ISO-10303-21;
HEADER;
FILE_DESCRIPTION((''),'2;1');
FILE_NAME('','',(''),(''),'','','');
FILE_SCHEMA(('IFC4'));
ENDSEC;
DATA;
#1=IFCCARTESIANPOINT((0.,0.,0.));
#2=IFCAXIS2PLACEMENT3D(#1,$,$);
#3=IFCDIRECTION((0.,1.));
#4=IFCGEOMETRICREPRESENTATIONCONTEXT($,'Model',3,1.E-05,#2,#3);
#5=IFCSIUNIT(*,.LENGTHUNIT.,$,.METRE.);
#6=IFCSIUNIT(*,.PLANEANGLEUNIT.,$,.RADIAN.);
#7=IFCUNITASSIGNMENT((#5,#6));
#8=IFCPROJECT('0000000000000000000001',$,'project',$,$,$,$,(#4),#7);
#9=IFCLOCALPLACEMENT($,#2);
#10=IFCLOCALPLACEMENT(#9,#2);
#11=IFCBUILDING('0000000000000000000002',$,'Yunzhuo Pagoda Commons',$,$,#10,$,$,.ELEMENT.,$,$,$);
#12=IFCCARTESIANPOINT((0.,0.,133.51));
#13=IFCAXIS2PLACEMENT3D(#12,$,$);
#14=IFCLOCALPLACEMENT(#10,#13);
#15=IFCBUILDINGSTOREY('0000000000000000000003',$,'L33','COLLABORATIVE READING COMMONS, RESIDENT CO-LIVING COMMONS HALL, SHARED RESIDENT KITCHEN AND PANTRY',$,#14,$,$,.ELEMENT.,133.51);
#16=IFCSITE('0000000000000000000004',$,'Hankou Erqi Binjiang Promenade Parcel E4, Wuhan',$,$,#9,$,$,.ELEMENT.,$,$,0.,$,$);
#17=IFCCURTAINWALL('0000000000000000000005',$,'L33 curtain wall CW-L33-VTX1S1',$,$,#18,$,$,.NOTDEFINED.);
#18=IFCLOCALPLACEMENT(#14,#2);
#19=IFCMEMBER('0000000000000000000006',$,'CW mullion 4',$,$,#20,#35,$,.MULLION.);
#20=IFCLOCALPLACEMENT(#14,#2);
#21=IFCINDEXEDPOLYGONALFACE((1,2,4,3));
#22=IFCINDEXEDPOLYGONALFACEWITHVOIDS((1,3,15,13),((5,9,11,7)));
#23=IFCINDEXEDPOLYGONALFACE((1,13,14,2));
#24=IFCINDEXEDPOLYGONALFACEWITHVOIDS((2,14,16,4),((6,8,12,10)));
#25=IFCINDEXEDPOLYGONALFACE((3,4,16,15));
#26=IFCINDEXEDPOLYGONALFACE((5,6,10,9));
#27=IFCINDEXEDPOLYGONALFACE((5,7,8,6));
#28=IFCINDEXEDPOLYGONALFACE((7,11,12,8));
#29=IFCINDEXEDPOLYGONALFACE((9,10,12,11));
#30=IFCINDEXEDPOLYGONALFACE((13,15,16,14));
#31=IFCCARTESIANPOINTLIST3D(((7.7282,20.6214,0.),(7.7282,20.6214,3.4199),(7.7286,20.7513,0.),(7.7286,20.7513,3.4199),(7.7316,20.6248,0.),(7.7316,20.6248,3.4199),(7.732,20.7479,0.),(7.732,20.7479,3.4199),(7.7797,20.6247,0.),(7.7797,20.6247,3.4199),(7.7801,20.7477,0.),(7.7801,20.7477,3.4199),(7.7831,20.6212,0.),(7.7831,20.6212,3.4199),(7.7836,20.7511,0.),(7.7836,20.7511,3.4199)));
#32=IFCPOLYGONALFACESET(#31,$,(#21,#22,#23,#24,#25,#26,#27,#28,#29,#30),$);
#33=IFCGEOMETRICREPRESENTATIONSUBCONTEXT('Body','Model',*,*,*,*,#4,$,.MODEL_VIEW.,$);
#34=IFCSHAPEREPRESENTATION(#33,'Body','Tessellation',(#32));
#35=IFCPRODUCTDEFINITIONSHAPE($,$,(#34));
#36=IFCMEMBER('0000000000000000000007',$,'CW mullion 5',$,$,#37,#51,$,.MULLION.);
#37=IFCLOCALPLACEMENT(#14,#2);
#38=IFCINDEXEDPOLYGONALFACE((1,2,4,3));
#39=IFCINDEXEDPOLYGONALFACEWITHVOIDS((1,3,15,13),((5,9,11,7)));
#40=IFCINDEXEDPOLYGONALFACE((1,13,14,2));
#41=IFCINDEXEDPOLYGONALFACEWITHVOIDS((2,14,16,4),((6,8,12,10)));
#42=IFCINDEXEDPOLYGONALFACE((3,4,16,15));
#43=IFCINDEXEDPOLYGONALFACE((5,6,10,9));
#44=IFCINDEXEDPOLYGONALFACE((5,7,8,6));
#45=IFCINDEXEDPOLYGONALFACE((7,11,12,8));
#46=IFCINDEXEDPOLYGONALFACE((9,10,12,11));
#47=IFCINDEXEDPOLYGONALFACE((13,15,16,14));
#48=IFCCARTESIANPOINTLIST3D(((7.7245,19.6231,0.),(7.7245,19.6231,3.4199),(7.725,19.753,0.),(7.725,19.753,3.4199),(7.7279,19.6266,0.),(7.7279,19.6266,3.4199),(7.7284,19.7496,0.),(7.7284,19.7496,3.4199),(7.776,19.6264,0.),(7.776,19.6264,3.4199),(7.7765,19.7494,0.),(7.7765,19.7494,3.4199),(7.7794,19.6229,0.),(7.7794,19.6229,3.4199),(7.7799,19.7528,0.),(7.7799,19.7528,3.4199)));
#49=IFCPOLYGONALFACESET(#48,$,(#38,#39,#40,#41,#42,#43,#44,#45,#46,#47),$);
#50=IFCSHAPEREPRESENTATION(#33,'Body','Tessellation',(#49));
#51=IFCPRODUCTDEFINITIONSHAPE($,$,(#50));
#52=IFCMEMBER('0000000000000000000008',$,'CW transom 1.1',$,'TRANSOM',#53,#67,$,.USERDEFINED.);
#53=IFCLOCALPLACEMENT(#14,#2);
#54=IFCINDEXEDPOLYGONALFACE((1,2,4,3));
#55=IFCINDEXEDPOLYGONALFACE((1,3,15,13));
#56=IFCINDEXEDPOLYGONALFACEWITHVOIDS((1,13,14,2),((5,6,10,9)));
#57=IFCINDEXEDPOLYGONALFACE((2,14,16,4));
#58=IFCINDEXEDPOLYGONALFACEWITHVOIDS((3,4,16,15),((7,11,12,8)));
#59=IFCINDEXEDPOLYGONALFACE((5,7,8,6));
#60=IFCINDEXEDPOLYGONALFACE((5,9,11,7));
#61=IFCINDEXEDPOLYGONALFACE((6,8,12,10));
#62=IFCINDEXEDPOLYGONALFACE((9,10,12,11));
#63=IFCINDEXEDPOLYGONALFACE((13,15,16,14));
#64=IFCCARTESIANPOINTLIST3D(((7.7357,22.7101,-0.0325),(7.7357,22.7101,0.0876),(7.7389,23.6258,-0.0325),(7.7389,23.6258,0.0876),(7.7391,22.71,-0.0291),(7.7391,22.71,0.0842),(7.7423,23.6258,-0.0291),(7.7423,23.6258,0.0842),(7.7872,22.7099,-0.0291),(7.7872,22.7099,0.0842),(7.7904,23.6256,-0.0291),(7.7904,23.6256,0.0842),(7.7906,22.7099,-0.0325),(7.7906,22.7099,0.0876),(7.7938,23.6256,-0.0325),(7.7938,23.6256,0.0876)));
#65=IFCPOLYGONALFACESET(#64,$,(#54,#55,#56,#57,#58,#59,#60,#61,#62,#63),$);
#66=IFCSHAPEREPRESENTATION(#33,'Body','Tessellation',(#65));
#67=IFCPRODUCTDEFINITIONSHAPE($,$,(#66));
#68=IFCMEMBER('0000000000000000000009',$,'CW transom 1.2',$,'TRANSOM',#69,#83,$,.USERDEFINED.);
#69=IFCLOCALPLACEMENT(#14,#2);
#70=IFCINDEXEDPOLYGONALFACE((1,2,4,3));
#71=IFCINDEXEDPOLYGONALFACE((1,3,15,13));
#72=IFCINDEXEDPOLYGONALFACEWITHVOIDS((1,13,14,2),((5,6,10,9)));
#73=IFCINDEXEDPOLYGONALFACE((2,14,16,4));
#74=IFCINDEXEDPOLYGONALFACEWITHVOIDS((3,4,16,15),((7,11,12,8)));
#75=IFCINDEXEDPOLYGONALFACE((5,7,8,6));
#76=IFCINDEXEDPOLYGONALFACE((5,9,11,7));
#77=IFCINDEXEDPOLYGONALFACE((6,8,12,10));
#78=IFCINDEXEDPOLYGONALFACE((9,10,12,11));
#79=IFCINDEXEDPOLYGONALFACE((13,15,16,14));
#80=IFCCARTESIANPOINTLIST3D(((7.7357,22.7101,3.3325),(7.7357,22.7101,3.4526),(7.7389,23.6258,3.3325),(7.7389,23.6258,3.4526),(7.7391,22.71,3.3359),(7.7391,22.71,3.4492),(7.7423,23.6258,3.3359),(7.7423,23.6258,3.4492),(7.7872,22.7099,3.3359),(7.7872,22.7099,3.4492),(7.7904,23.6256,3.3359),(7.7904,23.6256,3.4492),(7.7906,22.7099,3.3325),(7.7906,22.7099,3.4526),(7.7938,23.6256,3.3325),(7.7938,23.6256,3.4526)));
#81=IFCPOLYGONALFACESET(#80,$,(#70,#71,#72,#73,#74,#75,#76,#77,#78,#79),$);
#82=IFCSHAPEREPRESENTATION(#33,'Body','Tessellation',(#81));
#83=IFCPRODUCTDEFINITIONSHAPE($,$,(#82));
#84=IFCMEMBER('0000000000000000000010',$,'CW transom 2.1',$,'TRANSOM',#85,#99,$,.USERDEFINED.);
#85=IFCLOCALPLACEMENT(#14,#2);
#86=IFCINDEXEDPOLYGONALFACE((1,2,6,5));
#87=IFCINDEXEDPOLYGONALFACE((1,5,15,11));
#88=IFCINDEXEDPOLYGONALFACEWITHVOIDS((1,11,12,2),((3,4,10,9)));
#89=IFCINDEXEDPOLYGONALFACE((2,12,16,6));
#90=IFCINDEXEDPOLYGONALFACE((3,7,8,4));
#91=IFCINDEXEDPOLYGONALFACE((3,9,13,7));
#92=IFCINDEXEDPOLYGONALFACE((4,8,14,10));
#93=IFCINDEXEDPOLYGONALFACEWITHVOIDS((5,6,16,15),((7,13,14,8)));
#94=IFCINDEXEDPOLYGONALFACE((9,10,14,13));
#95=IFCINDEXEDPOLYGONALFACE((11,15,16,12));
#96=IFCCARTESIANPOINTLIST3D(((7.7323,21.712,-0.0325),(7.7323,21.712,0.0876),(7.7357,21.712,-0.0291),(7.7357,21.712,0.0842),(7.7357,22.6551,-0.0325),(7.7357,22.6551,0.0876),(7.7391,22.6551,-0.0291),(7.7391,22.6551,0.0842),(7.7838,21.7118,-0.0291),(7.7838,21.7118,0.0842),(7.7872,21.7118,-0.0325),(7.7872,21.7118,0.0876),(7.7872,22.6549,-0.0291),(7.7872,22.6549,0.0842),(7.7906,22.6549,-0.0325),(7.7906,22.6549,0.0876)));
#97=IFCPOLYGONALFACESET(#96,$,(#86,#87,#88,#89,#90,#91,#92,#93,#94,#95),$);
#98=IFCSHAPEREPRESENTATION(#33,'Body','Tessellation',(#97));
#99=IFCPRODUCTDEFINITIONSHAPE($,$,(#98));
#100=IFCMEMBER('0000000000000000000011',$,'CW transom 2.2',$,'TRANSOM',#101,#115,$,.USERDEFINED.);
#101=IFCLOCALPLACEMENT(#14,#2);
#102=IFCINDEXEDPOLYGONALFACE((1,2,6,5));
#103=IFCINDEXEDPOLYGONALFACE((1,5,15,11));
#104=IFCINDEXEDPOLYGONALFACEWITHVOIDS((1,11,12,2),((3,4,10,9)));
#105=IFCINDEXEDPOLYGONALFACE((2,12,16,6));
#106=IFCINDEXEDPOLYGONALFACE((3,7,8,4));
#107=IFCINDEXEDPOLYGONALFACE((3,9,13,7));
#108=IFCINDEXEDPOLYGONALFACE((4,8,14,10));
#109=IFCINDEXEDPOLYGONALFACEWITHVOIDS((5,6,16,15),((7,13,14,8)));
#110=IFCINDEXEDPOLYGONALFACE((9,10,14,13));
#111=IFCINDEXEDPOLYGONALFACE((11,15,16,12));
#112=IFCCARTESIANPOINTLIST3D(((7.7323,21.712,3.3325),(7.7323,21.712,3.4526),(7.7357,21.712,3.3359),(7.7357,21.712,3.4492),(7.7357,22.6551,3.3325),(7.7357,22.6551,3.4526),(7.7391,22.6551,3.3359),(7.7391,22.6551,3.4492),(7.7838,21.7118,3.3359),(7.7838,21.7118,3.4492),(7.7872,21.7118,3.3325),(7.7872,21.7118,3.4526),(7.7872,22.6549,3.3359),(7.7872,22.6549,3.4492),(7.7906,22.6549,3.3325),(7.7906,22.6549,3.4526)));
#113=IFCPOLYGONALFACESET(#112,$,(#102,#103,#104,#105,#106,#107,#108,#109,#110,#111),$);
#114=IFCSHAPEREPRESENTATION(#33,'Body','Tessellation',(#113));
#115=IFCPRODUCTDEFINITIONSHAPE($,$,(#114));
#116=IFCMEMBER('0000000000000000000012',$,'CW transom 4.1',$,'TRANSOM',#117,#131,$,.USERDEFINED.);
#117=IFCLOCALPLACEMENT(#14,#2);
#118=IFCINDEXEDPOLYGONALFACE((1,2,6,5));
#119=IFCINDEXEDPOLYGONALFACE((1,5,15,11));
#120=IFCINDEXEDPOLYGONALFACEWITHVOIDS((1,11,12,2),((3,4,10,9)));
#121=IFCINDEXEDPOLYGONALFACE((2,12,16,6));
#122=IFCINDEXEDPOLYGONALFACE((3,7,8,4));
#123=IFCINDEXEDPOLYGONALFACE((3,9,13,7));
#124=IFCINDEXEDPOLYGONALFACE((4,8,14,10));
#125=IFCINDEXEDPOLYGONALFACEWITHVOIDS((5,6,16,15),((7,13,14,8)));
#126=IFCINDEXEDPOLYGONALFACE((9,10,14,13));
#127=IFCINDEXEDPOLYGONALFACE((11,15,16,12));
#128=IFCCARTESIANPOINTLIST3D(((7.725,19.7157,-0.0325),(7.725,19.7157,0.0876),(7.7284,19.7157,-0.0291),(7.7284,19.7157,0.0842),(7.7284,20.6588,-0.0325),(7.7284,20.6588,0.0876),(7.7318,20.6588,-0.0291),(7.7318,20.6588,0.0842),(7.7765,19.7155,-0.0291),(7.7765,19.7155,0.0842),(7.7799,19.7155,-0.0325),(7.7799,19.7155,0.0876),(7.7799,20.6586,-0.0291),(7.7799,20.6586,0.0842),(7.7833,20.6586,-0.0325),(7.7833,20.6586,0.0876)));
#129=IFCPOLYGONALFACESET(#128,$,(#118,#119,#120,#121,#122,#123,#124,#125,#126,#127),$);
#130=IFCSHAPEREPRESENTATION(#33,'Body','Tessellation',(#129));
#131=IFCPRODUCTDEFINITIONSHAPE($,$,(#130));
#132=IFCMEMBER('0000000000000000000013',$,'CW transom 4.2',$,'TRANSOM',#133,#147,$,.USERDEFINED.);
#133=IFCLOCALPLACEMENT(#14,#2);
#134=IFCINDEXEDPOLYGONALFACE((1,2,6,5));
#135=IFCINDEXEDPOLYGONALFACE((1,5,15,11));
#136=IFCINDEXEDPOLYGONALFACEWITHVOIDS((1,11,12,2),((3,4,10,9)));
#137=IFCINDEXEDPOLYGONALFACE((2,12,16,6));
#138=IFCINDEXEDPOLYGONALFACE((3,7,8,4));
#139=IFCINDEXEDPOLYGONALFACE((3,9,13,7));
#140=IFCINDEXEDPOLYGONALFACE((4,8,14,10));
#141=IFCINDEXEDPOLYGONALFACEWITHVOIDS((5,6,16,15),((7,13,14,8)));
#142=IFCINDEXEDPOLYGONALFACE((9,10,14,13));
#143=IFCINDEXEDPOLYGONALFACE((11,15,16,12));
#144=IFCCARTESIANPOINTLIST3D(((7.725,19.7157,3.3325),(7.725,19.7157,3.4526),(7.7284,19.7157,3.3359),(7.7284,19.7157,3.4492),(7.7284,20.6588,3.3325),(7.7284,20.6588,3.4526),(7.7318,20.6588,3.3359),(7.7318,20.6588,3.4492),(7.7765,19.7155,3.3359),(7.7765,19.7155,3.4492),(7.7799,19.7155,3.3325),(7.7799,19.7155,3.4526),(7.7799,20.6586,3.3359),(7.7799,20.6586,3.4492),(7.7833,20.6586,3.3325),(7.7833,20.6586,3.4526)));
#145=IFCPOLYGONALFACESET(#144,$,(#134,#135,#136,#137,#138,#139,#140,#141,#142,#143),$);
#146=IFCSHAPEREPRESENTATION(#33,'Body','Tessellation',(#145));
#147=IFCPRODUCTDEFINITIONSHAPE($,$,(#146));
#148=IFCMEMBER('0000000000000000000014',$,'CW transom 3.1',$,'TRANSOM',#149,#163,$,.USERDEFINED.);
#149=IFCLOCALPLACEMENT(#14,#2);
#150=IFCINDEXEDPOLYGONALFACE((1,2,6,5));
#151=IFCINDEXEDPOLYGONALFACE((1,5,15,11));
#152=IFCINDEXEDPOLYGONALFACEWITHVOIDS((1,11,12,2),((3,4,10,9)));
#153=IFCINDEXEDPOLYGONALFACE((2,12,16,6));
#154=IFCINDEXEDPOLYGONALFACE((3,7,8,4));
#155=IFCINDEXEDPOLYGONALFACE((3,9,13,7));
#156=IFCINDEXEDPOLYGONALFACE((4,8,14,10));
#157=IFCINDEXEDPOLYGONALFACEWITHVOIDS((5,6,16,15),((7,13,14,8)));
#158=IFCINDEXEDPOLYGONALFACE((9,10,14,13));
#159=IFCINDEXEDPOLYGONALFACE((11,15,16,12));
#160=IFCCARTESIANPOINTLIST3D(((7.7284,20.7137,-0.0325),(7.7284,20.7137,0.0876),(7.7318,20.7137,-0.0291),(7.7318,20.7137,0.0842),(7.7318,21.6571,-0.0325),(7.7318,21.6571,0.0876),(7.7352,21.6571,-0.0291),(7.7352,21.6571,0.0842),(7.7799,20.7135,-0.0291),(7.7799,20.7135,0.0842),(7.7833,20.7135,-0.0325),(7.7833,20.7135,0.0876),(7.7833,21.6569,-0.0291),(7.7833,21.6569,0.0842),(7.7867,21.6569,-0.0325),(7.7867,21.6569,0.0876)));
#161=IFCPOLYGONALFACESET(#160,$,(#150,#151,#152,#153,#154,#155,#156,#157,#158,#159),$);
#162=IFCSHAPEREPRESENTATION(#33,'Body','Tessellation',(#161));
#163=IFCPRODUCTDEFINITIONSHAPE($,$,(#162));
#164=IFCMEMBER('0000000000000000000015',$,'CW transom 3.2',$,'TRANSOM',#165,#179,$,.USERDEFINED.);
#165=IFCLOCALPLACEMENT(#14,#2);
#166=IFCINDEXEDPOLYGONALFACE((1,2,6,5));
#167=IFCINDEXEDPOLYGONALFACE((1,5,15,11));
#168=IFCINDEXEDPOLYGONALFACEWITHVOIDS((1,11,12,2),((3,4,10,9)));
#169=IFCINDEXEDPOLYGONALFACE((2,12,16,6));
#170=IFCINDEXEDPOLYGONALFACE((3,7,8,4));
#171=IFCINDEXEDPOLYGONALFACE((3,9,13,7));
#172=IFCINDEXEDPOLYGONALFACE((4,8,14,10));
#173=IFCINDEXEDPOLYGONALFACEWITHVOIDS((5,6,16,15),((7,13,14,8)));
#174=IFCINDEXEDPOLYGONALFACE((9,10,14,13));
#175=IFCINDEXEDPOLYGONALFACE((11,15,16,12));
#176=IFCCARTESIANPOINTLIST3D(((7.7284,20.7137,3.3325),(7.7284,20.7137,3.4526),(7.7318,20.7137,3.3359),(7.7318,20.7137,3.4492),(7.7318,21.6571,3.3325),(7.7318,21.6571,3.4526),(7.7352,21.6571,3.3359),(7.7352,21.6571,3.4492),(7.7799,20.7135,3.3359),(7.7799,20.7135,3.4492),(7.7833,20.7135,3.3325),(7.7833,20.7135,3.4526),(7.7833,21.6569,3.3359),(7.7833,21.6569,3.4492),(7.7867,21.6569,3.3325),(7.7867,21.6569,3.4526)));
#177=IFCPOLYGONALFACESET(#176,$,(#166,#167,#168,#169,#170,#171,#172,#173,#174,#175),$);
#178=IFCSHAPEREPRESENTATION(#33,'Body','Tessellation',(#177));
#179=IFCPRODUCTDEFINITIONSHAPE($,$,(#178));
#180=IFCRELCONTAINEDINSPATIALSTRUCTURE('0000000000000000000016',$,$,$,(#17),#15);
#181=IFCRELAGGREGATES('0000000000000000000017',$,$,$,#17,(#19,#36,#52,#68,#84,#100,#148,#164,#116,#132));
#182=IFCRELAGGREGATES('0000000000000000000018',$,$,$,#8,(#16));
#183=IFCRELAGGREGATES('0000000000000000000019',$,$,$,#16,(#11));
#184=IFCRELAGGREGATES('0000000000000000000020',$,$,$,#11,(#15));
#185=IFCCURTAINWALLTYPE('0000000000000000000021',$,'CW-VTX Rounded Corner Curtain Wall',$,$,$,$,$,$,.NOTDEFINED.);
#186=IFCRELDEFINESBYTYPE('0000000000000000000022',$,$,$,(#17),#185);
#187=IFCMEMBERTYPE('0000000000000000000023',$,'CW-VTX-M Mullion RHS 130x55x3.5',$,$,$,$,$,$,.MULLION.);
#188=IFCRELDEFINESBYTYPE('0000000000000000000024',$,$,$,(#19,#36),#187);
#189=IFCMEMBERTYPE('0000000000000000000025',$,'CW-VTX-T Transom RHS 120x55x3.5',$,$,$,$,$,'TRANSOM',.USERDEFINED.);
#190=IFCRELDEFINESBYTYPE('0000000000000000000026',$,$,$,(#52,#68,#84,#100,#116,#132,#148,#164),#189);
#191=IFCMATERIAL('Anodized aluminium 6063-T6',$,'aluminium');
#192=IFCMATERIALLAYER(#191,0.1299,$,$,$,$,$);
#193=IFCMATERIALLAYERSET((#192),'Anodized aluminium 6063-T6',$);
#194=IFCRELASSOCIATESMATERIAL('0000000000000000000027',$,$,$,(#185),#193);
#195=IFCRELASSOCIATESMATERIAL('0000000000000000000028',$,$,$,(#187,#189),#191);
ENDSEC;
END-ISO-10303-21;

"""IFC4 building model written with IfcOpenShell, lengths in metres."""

from ifc_helpers import new_model, si_unit, direction, frame, origin, origin_2d, place, context, subcontext, project, spatial, hollow_rectangle, extrude, source, transform, mapped, material, layer, layer_set, material_profile, profile_set, type_object, element, aggregate, save


model = new_model("IFC4")

# Units and contexts
model_context = context("Model", 3, precision=1e-05, world=origin(), true_north=direction((0.0, 1.0)))
body_context = subcontext(model_context, "Body", "Model", "MODEL_VIEW")
ifc_project = project(units=[si_unit("LENGTHUNIT", "METRE"), si_unit("PLANEANGLEUNIT", "RADIAN")], contexts=[model_context])

# Site, building, storey
site_placement = place(None, origin())
site = spatial("IfcSite", under=ifc_project, at=site_placement, Name="Hankou Erqi Binjiang Promenade Parcel E4, Wuhan", CompositionType="ELEMENT", RefElevation=0.0)
building_placement = place(site_placement, origin())
building = spatial("IfcBuilding", under=site, at=building_placement, Name="Yunzhuo Pagoda Commons", CompositionType="ELEMENT")
storey_placement = place(building_placement, frame((0.0, 0.0, 133.51)))
storey = spatial("IfcBuildingStorey", under=building, at=storey_placement, Name="L33", Description="COLLABORATIVE READING COMMONS, RESIDENT CO-LIVING COMMONS HALL, SHARED RESIDENT KITCHEN AND PANTRY", CompositionType="ELEMENT", Elevation=133.51)

# Shared definitions
ifc_material_1 = material(Name="Anodized aluminium 6063-T6", Category="aluminium")

# Curtain wall, members
ifc_layer_1 = layer(ifc_material_1, 0.1299)
ifc_layer_set_1 = layer_set([ifc_layer_1], Name="Anodized aluminium 6063-T6")
curtain_wall_type_1 = type_object("IfcCurtainWallType", Name="CW-VTX Rounded Corner Curtain Wall", PredefinedType="NOTDEFINED", material=ifc_layer_set_1)
curtain_wall_1_placement = place(storey_placement, origin())
curtain_wall_1 = element("IfcCurtainWall", 1, at=curtain_wall_1_placement, inside=storey, type_object=curtain_wall_type_1, Name="L33 curtain wall CW-L33-VTX1S1", PredefinedType="NOTDEFINED")
ifc_material_profile_1 = material_profile(ifc_material_1, hollow_rectangle(XDim=0.0549, YDim=0.1299, WallThickness=0.0034, at=origin_2d()), Name="Anodized aluminium 6063-T6")
ifc_profile_set_1 = profile_set([ifc_material_profile_1], Name="Anodized aluminium 6063-T6")
member_type_1 = type_object("IfcMemberType", Name="CW-VTX-M Mullion RHS 130x55x3.5", PredefinedType="MULLION", material=ifc_profile_set_1)
shared_shape_1 = source(origin(), body_context, "Body", "SweptSolid", [
    extrude(hollow_rectangle(XDim=0.0549, YDim=0.1299, WallThickness=0.0034, at=origin_2d()), origin(), (0.0, 0.0, 1.0), 3.4199),
])
member_1_placement = place(storey_placement, frame((7.7559, 20.6863, 0.0), z_axis=(0.0, 0.0, 1.0), x_axis=(0.999994, -0.003587, 0.0)))
member_1 = element("IfcMember", 2, at=member_1_placement, type_object=member_type_1, Name="CW mullion 4", PredefinedType="MULLION", context=body_context, shape_type="MappedRepresentation", body=[
    mapped(shared_shape_1, transform((0.0, 0.0, 0.0), scale=1.0)),
])
member_2_placement = place(storey_placement, frame((7.7522, 19.688, 0.0), z_axis=(0.0, 0.0, 1.0), x_axis=(0.999994, -0.003587, 0.0)))
member_2 = element("IfcMember", 3, at=member_2_placement, type_object=member_type_1, Name="CW mullion 5", PredefinedType="MULLION", context=body_context, shape_type="MappedRepresentation", body=[
    mapped(shared_shape_1, transform((0.0, 0.0, 0.0), scale=1.0)),
])
ifc_material_profile_2 = material_profile(ifc_material_1, hollow_rectangle(XDim=0.0549, YDim=0.1201, WallThickness=0.0034, at=origin_2d()), Name="Anodized aluminium 6063-T6")
ifc_profile_set_2 = profile_set([ifc_material_profile_2], Name="Anodized aluminium 6063-T6")
member_type_2 = type_object("IfcMemberType", Name="CW-VTX-T Transom RHS 120x55x3.5", ElementType="TRANSOM", PredefinedType="USERDEFINED", material=ifc_profile_set_2)
shared_shape_2 = source(origin(), body_context, "Body", "SweptSolid", [
    extrude(hollow_rectangle(XDim=0.0549, YDim=0.1201, WallThickness=0.0034, at=origin_2d()), origin(), (0.0, 0.0, 1.0), 0.9158),
])
member_3_placement = place(storey_placement, frame((7.7664, 23.6257, 0.0276), z_axis=(-0.003466, -0.999994, 0.0), x_axis=(0.999994, -0.003466, 0.0)))
member_3 = element("IfcMember", 4, at=member_3_placement, type_object=member_type_2, Name="CW transom 1.1", ObjectType="TRANSOM", PredefinedType="USERDEFINED", context=body_context, shape_type="MappedRepresentation", body=[
    mapped(shared_shape_2, transform((0.0, 0.0, 0.0), scale=1.0)),
])
member_4_placement = place(storey_placement, frame((7.7664, 23.6257, 3.3926), z_axis=(-0.003466, -0.999994, 0.0), x_axis=(0.999994, -0.003466, 0.0)))
member_4 = element("IfcMember", 5, at=member_4_placement, type_object=member_type_2, Name="CW transom 1.2", ObjectType="TRANSOM", PredefinedType="USERDEFINED", context=body_context, shape_type="MappedRepresentation", body=[
    mapped(shared_shape_2, transform((0.0, 0.0, 0.0), scale=1.0)),
])
shared_shape_3 = source(origin(), body_context, "Body", "SweptSolid", [
    extrude(hollow_rectangle(XDim=0.0549, YDim=0.1201, WallThickness=0.0034, at=origin_2d()), origin(), (0.0, 0.0, 1.0), 0.9431),
])
member_5_placement = place(storey_placement, frame((7.7632, 22.655, 0.0276), z_axis=(-0.003624, -0.999993, 0.0), x_axis=(0.999993, -0.003624, 0.0)))
member_5 = element("IfcMember", 6, at=member_5_placement, type_object=member_type_2, Name="CW transom 2.1", ObjectType="TRANSOM", PredefinedType="USERDEFINED", context=body_context, shape_type="MappedRepresentation", body=[
    mapped(shared_shape_3, transform((0.0, 0.0, 0.0), scale=1.0)),
])
member_6_placement = place(storey_placement, frame((7.7632, 22.655, 3.3926), z_axis=(-0.003624, -0.999993, 0.0), x_axis=(0.999993, -0.003624, 0.0)))
member_6 = element("IfcMember", 7, at=member_6_placement, type_object=member_type_2, Name="CW transom 2.2", ObjectType="TRANSOM", PredefinedType="USERDEFINED", context=body_context, shape_type="MappedRepresentation", body=[
    mapped(shared_shape_3, transform((0.0, 0.0, 0.0), scale=1.0)),
])
member_7_placement = place(storey_placement, frame((7.7559, 20.6587, 0.0276), z_axis=(-0.003624, -0.999993, 0.0), x_axis=(0.999993, -0.003624, 0.0)))
member_7 = element("IfcMember", 8, at=member_7_placement, type_object=member_type_2, Name="CW transom 4.1", ObjectType="TRANSOM", PredefinedType="USERDEFINED", context=body_context, shape_type="MappedRepresentation", body=[
    mapped(shared_shape_3, transform((0.0, 0.0, 0.0), scale=1.0)),
])
member_8_placement = place(storey_placement, frame((7.7559, 20.6587, 3.3926), z_axis=(-0.003624, -0.999993, 0.0), x_axis=(0.999993, -0.003624, 0.0)))
member_8 = element("IfcMember", 9, at=member_8_placement, type_object=member_type_2, Name="CW transom 4.2", ObjectType="TRANSOM", PredefinedType="USERDEFINED", context=body_context, shape_type="MappedRepresentation", body=[
    mapped(shared_shape_3, transform((0.0, 0.0, 0.0), scale=1.0)),
])
shared_shape_4 = source(origin(), body_context, "Body", "SweptSolid", [
    extrude(hollow_rectangle(XDim=0.0549, YDim=0.1201, WallThickness=0.0034, at=origin_2d()), origin(), (0.0, 0.0, 1.0), 0.9434),
])
member_9_placement = place(storey_placement, frame((7.7593, 21.657, 0.0276), z_axis=(-0.003623, -0.999993, 0.0), x_axis=(0.999993, -0.003623, 0.0)))
member_9 = element("IfcMember", 10, at=member_9_placement, type_object=member_type_2, Name="CW transom 3.1", ObjectType="TRANSOM", PredefinedType="USERDEFINED", context=body_context, shape_type="MappedRepresentation", body=[
    mapped(shared_shape_4, transform((0.0, 0.0, 0.0), scale=1.0)),
])
member_10_placement = place(storey_placement, frame((7.7593, 21.657, 3.3926), z_axis=(-0.003623, -0.999993, 0.0), x_axis=(0.999993, -0.003623, 0.0)))
member_10 = element("IfcMember", 11, at=member_10_placement, type_object=member_type_2, Name="CW transom 3.2", ObjectType="TRANSOM", PredefinedType="USERDEFINED", context=body_context, shape_type="MappedRepresentation", body=[
    mapped(shared_shape_4, transform((0.0, 0.0, 0.0), scale=1.0)),
])

aggregate(curtain_wall_1, [member_1, member_2, member_3, member_4, member_5, member_6, member_9, member_10, member_7, member_8])

save(model, "model.ifc")
